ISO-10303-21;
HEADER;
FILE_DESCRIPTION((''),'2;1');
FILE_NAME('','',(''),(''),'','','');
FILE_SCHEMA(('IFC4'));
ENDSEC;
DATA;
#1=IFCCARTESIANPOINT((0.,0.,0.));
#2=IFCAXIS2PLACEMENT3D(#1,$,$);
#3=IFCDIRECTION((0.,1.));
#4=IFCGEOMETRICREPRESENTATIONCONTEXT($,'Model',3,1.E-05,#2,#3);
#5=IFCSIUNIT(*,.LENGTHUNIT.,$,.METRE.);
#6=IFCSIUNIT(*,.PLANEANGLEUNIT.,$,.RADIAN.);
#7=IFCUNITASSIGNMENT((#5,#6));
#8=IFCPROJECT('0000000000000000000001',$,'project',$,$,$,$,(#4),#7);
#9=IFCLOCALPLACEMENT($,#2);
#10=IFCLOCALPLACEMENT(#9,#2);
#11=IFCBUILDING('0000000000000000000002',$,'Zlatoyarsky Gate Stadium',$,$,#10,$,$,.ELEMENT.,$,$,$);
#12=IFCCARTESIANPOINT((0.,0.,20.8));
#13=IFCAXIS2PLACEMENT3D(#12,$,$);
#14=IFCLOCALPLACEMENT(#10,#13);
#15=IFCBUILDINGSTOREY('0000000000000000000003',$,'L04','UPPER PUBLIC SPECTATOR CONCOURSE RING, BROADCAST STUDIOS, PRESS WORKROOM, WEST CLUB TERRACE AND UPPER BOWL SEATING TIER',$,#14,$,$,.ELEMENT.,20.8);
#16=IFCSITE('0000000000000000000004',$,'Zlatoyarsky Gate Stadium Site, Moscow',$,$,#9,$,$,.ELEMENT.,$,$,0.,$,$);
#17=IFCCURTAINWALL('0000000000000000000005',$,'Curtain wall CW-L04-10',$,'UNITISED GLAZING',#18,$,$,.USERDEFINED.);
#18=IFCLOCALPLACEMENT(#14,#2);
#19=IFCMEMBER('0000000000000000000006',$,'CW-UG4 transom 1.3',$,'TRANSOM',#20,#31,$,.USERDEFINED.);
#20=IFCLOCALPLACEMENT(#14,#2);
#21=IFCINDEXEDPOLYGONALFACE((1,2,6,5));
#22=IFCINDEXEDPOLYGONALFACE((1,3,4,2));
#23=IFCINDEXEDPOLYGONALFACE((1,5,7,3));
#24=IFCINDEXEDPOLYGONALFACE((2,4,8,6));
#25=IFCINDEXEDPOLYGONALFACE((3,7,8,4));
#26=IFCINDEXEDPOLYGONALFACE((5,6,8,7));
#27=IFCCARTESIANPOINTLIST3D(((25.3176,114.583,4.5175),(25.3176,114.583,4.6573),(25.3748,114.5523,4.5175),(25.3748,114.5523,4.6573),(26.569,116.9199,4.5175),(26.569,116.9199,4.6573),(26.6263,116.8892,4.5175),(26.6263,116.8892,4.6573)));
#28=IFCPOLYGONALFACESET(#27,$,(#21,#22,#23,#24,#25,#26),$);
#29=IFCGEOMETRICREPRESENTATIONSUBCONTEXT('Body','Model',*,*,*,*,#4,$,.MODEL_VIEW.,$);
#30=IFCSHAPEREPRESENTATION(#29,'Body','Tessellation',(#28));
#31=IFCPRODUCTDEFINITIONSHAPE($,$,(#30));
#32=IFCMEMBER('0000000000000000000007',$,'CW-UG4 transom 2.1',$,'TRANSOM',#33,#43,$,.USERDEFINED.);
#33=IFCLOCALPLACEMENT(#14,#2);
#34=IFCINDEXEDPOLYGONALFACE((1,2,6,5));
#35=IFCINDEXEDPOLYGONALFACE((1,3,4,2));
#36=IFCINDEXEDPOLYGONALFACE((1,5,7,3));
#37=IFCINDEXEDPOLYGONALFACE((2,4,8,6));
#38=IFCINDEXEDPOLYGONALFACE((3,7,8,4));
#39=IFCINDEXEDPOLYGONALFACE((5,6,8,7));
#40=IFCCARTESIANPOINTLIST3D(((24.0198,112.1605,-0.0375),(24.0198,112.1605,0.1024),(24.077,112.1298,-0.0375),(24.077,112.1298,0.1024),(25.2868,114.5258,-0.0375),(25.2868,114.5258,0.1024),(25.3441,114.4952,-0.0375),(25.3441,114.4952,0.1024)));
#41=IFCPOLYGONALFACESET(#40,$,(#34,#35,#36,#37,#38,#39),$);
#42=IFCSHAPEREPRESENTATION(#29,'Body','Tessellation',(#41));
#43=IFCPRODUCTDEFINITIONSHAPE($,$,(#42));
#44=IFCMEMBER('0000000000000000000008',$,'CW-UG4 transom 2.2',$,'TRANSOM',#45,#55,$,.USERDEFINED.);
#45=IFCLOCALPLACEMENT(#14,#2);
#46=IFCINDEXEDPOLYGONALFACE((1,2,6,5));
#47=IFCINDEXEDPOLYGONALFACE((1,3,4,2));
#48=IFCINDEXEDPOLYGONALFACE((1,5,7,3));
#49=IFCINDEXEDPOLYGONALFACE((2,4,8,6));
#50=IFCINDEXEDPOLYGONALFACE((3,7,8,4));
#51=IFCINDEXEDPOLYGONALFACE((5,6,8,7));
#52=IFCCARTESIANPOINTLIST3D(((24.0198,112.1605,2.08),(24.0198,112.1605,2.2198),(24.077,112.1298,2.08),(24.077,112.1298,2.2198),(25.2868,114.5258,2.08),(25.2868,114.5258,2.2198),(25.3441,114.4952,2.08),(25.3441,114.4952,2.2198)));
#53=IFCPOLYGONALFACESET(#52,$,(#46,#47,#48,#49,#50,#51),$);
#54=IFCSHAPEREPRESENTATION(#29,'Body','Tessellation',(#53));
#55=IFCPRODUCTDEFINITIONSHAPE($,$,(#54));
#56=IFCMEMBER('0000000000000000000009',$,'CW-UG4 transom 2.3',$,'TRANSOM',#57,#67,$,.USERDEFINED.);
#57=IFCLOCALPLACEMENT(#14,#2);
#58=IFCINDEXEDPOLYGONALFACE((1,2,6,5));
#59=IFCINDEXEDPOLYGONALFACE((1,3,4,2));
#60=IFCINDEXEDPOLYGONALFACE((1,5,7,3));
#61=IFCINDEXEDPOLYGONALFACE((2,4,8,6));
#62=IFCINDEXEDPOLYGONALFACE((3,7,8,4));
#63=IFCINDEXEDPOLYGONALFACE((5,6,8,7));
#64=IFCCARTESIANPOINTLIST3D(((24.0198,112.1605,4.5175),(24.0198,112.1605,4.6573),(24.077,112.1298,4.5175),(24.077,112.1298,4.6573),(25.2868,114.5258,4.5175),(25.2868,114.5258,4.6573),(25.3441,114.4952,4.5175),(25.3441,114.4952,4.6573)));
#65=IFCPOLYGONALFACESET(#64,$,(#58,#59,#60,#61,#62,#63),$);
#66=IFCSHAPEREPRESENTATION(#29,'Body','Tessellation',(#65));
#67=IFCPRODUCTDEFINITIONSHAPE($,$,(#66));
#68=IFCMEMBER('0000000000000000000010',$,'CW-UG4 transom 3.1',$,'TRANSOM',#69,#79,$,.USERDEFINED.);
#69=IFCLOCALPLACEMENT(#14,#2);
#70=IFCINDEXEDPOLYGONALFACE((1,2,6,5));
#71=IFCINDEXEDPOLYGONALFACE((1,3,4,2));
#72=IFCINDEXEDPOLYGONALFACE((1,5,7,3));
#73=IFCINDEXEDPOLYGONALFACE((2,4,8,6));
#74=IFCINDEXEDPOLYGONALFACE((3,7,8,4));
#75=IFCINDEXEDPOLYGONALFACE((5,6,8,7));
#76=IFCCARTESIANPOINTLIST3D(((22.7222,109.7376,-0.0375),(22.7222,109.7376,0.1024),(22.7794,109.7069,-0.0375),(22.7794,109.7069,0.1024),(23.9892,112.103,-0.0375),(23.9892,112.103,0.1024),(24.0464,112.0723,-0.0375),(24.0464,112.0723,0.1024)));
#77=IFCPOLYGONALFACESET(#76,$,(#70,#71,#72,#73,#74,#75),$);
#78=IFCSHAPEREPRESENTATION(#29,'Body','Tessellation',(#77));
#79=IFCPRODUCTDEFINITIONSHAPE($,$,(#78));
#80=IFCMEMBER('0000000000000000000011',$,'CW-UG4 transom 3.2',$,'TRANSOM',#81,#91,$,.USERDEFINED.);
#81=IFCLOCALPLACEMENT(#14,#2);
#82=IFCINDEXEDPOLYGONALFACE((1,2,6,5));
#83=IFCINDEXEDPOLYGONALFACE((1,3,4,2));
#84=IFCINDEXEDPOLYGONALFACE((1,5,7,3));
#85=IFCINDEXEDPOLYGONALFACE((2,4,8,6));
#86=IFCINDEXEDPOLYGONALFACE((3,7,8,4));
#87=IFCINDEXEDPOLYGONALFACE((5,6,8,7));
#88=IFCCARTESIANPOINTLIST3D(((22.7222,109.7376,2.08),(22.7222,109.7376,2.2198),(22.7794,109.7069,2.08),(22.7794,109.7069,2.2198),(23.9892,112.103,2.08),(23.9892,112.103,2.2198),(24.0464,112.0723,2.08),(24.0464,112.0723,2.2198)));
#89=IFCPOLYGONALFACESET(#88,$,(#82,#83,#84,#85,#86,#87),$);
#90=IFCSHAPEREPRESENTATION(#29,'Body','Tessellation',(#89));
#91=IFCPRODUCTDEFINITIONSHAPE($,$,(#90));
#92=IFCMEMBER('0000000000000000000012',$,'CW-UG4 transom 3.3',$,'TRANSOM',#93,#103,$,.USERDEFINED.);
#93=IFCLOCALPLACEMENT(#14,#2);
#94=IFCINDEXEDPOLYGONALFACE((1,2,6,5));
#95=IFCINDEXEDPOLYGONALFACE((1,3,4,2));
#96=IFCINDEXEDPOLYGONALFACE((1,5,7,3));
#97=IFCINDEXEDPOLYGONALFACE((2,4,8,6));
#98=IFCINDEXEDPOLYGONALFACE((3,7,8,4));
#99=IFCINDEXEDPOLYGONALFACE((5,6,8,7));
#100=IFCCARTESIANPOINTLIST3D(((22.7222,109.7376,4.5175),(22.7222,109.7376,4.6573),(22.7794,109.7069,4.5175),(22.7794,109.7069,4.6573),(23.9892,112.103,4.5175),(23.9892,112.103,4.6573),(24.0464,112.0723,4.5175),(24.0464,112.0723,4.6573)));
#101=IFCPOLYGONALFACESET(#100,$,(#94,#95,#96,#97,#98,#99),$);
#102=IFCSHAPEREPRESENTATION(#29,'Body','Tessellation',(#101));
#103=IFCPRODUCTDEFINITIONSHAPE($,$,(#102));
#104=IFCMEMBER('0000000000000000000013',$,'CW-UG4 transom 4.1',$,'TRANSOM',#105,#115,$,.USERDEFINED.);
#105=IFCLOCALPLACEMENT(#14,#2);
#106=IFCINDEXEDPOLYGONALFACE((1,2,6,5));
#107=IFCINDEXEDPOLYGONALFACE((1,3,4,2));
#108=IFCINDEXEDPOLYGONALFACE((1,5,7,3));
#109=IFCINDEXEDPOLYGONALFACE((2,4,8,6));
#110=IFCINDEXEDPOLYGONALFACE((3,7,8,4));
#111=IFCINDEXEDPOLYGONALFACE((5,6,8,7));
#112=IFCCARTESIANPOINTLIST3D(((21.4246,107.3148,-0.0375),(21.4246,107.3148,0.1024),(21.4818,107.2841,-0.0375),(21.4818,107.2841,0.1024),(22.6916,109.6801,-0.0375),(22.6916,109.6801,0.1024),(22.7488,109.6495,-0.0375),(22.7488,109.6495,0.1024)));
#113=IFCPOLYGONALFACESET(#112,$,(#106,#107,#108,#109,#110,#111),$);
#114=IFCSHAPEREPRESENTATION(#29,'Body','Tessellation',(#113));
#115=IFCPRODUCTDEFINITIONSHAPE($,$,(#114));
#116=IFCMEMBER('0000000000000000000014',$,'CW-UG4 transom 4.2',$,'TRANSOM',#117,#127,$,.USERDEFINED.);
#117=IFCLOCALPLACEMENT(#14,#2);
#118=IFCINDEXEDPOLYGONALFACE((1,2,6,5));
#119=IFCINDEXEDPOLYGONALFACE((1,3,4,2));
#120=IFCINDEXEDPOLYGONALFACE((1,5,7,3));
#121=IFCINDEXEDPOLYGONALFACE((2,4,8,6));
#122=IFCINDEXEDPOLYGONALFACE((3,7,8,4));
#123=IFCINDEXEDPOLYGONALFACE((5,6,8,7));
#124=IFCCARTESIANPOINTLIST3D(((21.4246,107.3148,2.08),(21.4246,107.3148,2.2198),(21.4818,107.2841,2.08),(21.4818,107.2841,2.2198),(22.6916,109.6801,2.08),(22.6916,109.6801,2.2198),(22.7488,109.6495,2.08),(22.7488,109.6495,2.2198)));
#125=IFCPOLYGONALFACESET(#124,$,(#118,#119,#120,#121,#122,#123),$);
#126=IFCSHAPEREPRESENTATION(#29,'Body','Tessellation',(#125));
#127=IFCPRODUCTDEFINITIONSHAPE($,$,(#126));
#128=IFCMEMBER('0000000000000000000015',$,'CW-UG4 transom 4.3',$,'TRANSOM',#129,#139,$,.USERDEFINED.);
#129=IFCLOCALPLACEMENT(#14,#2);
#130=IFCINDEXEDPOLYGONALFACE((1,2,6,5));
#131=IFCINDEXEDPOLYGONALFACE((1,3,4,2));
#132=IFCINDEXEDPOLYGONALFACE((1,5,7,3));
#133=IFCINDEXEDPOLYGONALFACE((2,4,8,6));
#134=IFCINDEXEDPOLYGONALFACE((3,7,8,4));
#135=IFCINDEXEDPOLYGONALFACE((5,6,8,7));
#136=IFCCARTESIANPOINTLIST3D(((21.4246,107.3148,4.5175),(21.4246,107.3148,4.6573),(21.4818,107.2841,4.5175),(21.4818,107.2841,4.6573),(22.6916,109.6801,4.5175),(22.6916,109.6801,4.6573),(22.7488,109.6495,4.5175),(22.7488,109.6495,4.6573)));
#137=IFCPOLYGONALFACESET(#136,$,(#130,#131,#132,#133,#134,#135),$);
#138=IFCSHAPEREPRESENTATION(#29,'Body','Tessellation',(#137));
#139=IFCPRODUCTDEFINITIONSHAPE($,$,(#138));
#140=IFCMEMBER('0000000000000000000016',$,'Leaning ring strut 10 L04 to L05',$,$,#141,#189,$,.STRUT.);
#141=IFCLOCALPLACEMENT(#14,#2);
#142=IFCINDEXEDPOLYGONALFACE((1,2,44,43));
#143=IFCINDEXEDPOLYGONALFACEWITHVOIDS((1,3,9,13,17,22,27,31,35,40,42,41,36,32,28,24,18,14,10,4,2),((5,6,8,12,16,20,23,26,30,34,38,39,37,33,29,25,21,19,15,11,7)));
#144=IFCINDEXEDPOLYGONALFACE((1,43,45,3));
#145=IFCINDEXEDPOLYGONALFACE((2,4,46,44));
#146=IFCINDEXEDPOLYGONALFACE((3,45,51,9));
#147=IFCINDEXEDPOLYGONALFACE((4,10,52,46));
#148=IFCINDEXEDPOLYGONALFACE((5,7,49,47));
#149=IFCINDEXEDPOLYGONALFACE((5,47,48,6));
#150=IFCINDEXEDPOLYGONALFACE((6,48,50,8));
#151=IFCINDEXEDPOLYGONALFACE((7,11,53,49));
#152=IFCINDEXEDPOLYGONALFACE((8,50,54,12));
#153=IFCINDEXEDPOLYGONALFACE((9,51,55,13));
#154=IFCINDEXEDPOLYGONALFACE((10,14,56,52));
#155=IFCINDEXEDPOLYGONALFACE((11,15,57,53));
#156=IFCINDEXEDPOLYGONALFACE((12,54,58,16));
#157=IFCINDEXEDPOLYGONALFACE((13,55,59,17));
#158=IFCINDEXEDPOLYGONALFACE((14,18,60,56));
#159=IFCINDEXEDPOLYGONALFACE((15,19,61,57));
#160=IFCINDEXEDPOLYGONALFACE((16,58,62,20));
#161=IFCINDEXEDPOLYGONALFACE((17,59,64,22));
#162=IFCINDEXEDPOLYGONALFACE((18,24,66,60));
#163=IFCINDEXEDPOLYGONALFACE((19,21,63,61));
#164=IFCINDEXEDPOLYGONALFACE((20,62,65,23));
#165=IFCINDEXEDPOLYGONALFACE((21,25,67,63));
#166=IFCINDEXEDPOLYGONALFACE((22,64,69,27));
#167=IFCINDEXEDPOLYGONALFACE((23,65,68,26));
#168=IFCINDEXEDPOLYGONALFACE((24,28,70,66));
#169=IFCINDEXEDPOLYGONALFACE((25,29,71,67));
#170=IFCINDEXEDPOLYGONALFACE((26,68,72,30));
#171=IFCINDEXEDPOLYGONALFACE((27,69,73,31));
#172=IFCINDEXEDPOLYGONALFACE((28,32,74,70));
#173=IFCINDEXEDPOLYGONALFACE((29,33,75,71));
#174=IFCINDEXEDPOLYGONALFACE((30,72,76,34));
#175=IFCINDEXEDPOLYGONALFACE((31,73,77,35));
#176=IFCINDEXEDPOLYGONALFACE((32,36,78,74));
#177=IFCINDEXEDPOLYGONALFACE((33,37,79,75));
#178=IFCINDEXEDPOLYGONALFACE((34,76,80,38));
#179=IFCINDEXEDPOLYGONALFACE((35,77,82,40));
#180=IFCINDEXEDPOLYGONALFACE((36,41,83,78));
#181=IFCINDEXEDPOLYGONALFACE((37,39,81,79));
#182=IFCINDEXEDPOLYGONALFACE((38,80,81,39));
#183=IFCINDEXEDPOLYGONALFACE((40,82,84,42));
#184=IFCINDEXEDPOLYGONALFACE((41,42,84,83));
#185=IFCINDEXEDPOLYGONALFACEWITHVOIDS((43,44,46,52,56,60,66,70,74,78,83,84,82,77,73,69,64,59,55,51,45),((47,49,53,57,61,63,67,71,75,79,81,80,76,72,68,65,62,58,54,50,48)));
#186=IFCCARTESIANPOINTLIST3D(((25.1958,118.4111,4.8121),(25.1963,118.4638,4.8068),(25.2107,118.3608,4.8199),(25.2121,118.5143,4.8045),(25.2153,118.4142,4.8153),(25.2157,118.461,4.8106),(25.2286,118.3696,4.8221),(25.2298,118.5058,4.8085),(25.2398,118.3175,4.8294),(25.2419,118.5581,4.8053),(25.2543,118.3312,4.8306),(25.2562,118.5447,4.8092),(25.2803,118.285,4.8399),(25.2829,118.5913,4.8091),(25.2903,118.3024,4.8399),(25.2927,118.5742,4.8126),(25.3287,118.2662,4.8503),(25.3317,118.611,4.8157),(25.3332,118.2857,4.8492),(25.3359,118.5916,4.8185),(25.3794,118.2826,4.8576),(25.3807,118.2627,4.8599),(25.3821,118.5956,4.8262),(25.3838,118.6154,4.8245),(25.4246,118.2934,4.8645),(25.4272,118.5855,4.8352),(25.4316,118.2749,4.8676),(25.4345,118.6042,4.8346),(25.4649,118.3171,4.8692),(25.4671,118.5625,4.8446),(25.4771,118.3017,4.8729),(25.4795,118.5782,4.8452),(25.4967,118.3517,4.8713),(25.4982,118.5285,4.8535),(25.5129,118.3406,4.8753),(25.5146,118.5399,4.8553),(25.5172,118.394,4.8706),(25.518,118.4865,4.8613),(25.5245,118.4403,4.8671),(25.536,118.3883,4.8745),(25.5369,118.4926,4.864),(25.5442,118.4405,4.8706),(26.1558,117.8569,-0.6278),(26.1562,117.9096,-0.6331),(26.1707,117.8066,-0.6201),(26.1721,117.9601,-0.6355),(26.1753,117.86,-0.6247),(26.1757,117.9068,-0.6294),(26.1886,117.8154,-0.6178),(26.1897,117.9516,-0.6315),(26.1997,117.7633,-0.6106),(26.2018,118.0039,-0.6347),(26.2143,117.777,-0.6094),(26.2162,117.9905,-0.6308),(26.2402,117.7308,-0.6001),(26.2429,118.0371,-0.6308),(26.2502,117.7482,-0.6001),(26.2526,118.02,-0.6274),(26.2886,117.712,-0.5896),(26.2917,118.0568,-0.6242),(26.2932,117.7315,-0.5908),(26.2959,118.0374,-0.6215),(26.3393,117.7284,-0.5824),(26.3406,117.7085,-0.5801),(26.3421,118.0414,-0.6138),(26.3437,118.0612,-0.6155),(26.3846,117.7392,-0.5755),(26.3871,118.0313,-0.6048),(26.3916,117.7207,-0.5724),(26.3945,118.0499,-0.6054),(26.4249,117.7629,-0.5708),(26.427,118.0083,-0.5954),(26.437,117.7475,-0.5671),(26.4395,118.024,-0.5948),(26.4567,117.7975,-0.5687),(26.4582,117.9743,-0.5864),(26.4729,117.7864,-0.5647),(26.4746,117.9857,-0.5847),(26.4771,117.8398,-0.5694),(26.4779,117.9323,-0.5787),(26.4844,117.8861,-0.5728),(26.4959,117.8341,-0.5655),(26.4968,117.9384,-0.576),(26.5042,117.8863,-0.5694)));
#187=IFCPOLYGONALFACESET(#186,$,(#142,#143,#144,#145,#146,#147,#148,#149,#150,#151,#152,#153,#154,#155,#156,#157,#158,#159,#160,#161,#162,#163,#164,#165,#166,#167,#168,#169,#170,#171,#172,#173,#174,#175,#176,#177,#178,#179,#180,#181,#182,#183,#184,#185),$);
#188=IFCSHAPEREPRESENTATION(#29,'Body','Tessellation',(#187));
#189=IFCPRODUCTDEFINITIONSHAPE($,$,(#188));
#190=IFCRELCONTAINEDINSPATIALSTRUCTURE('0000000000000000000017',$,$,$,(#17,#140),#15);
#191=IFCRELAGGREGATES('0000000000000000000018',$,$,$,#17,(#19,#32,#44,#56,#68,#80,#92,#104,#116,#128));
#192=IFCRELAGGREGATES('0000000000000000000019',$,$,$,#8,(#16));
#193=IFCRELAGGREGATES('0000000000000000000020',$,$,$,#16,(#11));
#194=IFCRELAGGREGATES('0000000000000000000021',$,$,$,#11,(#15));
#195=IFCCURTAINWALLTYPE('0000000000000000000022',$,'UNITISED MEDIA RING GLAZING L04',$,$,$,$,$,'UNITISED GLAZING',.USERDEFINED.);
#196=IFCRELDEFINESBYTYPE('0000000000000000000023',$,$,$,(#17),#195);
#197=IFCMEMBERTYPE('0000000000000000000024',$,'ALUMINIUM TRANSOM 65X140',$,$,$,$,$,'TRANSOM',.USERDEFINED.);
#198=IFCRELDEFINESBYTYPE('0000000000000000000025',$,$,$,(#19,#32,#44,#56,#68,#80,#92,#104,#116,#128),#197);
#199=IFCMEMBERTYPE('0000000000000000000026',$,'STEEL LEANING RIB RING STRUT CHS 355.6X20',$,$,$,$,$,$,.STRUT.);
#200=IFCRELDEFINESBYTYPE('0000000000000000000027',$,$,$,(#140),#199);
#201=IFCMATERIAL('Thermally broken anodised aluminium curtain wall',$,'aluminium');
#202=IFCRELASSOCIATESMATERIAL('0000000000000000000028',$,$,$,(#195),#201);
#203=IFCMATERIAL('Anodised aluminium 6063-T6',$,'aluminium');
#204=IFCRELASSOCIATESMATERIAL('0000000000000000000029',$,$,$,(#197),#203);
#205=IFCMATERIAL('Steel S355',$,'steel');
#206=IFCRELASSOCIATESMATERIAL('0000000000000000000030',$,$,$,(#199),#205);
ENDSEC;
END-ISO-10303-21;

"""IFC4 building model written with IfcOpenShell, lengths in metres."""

from ifc_helpers import new_model, si_unit, direction, frame, origin, origin_2d, place, context, subcontext, project, spatial, rectangle, hollow_circle, extrude, material, material_profile, profile_set, type_object, element, aggregate, save


model = new_model("IFC4")

# Units and contexts
model_context = context("Model", 3, precision=1e-05, world=origin(), true_north=direction((0.0, 1.0)))
body_context = subcontext(model_context, "Body", "Model", "MODEL_VIEW")
ifc_project = project(units=[si_unit("LENGTHUNIT", "METRE"), si_unit("PLANEANGLEUNIT", "RADIAN")], contexts=[model_context])

# Site, building, storey
site_placement = place(None, origin())
site = spatial("IfcSite", under=ifc_project, at=site_placement, Name="Zlatoyarsky Gate Stadium Site, Moscow", CompositionType="ELEMENT", RefElevation=0.0)
building_placement = place(site_placement, origin())
building = spatial("IfcBuilding", under=site, at=building_placement, Name="Zlatoyarsky Gate Stadium", CompositionType="ELEMENT")
storey_placement = place(building_placement, frame((0.0, 0.0, 20.8)))
storey = spatial("IfcBuildingStorey", under=building, at=storey_placement, Name="L04", Description="UPPER PUBLIC SPECTATOR CONCOURSE RING, BROADCAST STUDIOS, PRESS WORKROOM, WEST CLUB TERRACE AND UPPER BOWL SEATING TIER", CompositionType="ELEMENT", Elevation=20.8)

# Shared definitions
ifc_material_1 = material(Name="Steel S355", Category="steel")

# Curtain wall
ifc_material_2 = material(Name="Thermally broken anodised aluminium curtain wall", Category="aluminium")
curtain_wall_type = type_object("IfcCurtainWallType", Name="UNITISED MEDIA RING GLAZING L04", ElementType="UNITISED GLAZING", PredefinedType="USERDEFINED", material=ifc_material_2)
ifc_material_3 = material(Name="Anodised aluminium 6063-T6", Category="aluminium")
curtain_wall_1_placement = place(storey_placement, origin())
curtain_wall_1 = element("IfcCurtainWall", 1, at=curtain_wall_1_placement, inside=storey, type_object=curtain_wall_type, Name="Curtain wall CW-L04-10", ObjectType="UNITISED GLAZING", PredefinedType="USERDEFINED")

# Members
ifc_material_profile_1 = material_profile(ifc_material_3, rectangle(XDim=0.0649, YDim=0.1399, at=origin_2d()), Name="ALU 65X140")
ifc_profile_set_1 = profile_set([ifc_material_profile_1], Name="Anodised aluminium 6063-T6")
member_type_1 = type_object("IfcMemberType", Name="ALUMINIUM TRANSOM 65X140", ElementType="TRANSOM", PredefinedType="USERDEFINED", material=ifc_profile_set_1)
member_1_placement = place(storey_placement, frame((26.5977, 116.9045, 4.5874), z_axis=(-0.472089, -0.881551, 0.0), x_axis=(0.881551, -0.472089, 0.0)))
member_1 = element("IfcMember", 2, at=member_1_placement, type_object=member_type_1, Name="CW-UG4 transom 1.3", ObjectType="TRANSOM", PredefinedType="USERDEFINED", context=body_context, shape_type="SweptSolid", body=[
    extrude(rectangle(XDim=0.0649, YDim=0.1399, at=origin_2d()), origin(), (0.0, 0.0, 1.0), 2.6509),
])
member_2_placement = place(storey_placement, frame((25.3154, 114.5105, 0.0325), z_axis=(-0.472184, -0.8815, 0.0), x_axis=(0.8815, -0.472184, 0.0)))
member_2 = element("IfcMember", 3, at=member_2_placement, type_object=member_type_1, Name="CW-UG4 transom 2.1", ObjectType="TRANSOM", PredefinedType="USERDEFINED", context=body_context, shape_type="SweptSolid", body=[
    extrude(rectangle(XDim=0.0649, YDim=0.1399, at=origin_2d()), origin(), (0.0, 0.0, 1.0), 2.6833),
])
member_3_placement = place(storey_placement, frame((25.3154, 114.5105, 2.1499), z_axis=(-0.472184, -0.8815, 0.0), x_axis=(0.8815, -0.472184, 0.0)))
member_3 = element("IfcMember", 4, at=member_3_placement, type_object=member_type_1, Name="CW-UG4 transom 2.2", ObjectType="TRANSOM", PredefinedType="USERDEFINED", context=body_context, shape_type="SweptSolid", body=[
    extrude(rectangle(XDim=0.0649, YDim=0.1399, at=origin_2d()), origin(), (0.0, 0.0, 1.0), 2.6833),
])
member_4_placement = place(storey_placement, frame((25.3154, 114.5105, 4.5874), z_axis=(-0.472184, -0.8815, 0.0), x_axis=(0.8815, -0.472184, 0.0)))
member_4 = element("IfcMember", 5, at=member_4_placement, type_object=member_type_1, Name="CW-UG4 transom 2.3", ObjectType="TRANSOM", PredefinedType="USERDEFINED", context=body_context, shape_type="SweptSolid", body=[
    extrude(rectangle(XDim=0.0649, YDim=0.1399, at=origin_2d()), origin(), (0.0, 0.0, 1.0), 2.6833),
])
member_5_placement = place(storey_placement, frame((24.0178, 112.0876, 0.0325), z_axis=(-0.472184, -0.8815, 0.0), x_axis=(0.8815, -0.472184, 0.0)))
member_5 = element("IfcMember", 6, at=member_5_placement, type_object=member_type_1, Name="CW-UG4 transom 3.1", ObjectType="TRANSOM", PredefinedType="USERDEFINED", context=body_context, shape_type="SweptSolid", body=[
    extrude(rectangle(XDim=0.0649, YDim=0.1399, at=origin_2d()), origin(), (0.0, 0.0, 1.0), 2.6833),
])
member_6_placement = place(storey_placement, frame((24.0178, 112.0876, 2.1499), z_axis=(-0.472184, -0.8815, 0.0), x_axis=(0.8815, -0.472184, 0.0)))
member_6 = element("IfcMember", 7, at=member_6_placement, type_object=member_type_1, Name="CW-UG4 transom 3.2", ObjectType="TRANSOM", PredefinedType="USERDEFINED", context=body_context, shape_type="SweptSolid", body=[
    extrude(rectangle(XDim=0.0649, YDim=0.1399, at=origin_2d()), origin(), (0.0, 0.0, 1.0), 2.6833),
])
member_7_placement = place(storey_placement, frame((24.0178, 112.0876, 4.5874), z_axis=(-0.472184, -0.8815, 0.0), x_axis=(0.8815, -0.472184, 0.0)))
member_7 = element("IfcMember", 8, at=member_7_placement, type_object=member_type_1, Name="CW-UG4 transom 3.3", ObjectType="TRANSOM", PredefinedType="USERDEFINED", context=body_context, shape_type="SweptSolid", body=[
    extrude(rectangle(XDim=0.0649, YDim=0.1399, at=origin_2d()), origin(), (0.0, 0.0, 1.0), 2.6833),
])
member_8_placement = place(storey_placement, frame((22.7202, 109.6648, 0.0325), z_axis=(-0.472184, -0.8815, 0.0), x_axis=(0.8815, -0.472184, 0.0)))
member_8 = element("IfcMember", 9, at=member_8_placement, type_object=member_type_1, Name="CW-UG4 transom 4.1", ObjectType="TRANSOM", PredefinedType="USERDEFINED", context=body_context, shape_type="SweptSolid", body=[
    extrude(rectangle(XDim=0.0649, YDim=0.1399, at=origin_2d()), origin(), (0.0, 0.0, 1.0), 2.6833),
])
member_9_placement = place(storey_placement, frame((22.7202, 109.6648, 2.1499), z_axis=(-0.472184, -0.8815, 0.0), x_axis=(0.8815, -0.472184, 0.0)))
member_9 = element("IfcMember", 10, at=member_9_placement, type_object=member_type_1, Name="CW-UG4 transom 4.2", ObjectType="TRANSOM", PredefinedType="USERDEFINED", context=body_context, shape_type="SweptSolid", body=[
    extrude(rectangle(XDim=0.0649, YDim=0.1399, at=origin_2d()), origin(), (0.0, 0.0, 1.0), 2.6833),
])
member_10_placement = place(storey_placement, frame((22.7202, 109.6648, 4.5874), z_axis=(-0.472184, -0.8815, 0.0), x_axis=(0.8815, -0.472184, 0.0)))
member_10 = element("IfcMember", 11, at=member_10_placement, type_object=member_type_1, Name="CW-UG4 transom 4.3", ObjectType="TRANSOM", PredefinedType="USERDEFINED", context=body_context, shape_type="SweptSolid", body=[
    extrude(rectangle(XDim=0.0649, YDim=0.1399, at=origin_2d()), origin(), (0.0, 0.0, 1.0), 2.6833),
])

# Member
ifc_material_profile_2 = material_profile(ifc_material_1, hollow_circle(Radius=0.1777, WallThickness=0.02, at=origin_2d()), Name="CHS 355.6X20")
ifc_profile_set_2 = profile_set([ifc_material_profile_2], Name="Steel S355")
member_type_2 = type_object("IfcMemberType", Name="STEEL LEANING RIB RING STRUT CHS 355.6X20", PredefinedType="STRUT", material=ifc_profile_set_2)
member_11_placement = place(storey_placement, frame((26.3291, 117.8848, -0.6001), z_axis=(-0.172912, 0.099825, 0.979865), x_axis=(-0.499977, -0.866039, 0.0)))
element("IfcMember", 12, at=member_11_placement, inside=storey, type_object=member_type_2, Name="Leaning ring strut 10 L04 to L05", PredefinedType="STRUT", context=body_context, shape_type="SweptSolid", body=[
    extrude(hollow_circle(Radius=0.1777, WallThickness=0.02, at=origin_2d()), origin(), (0.0, 0.0, 1.0), 5.5518),
])

aggregate(curtain_wall_1, [member_1, member_2, member_3, member_4, member_5, member_6, member_7, member_8, member_9, member_10])

save(model, "model.ifc")
